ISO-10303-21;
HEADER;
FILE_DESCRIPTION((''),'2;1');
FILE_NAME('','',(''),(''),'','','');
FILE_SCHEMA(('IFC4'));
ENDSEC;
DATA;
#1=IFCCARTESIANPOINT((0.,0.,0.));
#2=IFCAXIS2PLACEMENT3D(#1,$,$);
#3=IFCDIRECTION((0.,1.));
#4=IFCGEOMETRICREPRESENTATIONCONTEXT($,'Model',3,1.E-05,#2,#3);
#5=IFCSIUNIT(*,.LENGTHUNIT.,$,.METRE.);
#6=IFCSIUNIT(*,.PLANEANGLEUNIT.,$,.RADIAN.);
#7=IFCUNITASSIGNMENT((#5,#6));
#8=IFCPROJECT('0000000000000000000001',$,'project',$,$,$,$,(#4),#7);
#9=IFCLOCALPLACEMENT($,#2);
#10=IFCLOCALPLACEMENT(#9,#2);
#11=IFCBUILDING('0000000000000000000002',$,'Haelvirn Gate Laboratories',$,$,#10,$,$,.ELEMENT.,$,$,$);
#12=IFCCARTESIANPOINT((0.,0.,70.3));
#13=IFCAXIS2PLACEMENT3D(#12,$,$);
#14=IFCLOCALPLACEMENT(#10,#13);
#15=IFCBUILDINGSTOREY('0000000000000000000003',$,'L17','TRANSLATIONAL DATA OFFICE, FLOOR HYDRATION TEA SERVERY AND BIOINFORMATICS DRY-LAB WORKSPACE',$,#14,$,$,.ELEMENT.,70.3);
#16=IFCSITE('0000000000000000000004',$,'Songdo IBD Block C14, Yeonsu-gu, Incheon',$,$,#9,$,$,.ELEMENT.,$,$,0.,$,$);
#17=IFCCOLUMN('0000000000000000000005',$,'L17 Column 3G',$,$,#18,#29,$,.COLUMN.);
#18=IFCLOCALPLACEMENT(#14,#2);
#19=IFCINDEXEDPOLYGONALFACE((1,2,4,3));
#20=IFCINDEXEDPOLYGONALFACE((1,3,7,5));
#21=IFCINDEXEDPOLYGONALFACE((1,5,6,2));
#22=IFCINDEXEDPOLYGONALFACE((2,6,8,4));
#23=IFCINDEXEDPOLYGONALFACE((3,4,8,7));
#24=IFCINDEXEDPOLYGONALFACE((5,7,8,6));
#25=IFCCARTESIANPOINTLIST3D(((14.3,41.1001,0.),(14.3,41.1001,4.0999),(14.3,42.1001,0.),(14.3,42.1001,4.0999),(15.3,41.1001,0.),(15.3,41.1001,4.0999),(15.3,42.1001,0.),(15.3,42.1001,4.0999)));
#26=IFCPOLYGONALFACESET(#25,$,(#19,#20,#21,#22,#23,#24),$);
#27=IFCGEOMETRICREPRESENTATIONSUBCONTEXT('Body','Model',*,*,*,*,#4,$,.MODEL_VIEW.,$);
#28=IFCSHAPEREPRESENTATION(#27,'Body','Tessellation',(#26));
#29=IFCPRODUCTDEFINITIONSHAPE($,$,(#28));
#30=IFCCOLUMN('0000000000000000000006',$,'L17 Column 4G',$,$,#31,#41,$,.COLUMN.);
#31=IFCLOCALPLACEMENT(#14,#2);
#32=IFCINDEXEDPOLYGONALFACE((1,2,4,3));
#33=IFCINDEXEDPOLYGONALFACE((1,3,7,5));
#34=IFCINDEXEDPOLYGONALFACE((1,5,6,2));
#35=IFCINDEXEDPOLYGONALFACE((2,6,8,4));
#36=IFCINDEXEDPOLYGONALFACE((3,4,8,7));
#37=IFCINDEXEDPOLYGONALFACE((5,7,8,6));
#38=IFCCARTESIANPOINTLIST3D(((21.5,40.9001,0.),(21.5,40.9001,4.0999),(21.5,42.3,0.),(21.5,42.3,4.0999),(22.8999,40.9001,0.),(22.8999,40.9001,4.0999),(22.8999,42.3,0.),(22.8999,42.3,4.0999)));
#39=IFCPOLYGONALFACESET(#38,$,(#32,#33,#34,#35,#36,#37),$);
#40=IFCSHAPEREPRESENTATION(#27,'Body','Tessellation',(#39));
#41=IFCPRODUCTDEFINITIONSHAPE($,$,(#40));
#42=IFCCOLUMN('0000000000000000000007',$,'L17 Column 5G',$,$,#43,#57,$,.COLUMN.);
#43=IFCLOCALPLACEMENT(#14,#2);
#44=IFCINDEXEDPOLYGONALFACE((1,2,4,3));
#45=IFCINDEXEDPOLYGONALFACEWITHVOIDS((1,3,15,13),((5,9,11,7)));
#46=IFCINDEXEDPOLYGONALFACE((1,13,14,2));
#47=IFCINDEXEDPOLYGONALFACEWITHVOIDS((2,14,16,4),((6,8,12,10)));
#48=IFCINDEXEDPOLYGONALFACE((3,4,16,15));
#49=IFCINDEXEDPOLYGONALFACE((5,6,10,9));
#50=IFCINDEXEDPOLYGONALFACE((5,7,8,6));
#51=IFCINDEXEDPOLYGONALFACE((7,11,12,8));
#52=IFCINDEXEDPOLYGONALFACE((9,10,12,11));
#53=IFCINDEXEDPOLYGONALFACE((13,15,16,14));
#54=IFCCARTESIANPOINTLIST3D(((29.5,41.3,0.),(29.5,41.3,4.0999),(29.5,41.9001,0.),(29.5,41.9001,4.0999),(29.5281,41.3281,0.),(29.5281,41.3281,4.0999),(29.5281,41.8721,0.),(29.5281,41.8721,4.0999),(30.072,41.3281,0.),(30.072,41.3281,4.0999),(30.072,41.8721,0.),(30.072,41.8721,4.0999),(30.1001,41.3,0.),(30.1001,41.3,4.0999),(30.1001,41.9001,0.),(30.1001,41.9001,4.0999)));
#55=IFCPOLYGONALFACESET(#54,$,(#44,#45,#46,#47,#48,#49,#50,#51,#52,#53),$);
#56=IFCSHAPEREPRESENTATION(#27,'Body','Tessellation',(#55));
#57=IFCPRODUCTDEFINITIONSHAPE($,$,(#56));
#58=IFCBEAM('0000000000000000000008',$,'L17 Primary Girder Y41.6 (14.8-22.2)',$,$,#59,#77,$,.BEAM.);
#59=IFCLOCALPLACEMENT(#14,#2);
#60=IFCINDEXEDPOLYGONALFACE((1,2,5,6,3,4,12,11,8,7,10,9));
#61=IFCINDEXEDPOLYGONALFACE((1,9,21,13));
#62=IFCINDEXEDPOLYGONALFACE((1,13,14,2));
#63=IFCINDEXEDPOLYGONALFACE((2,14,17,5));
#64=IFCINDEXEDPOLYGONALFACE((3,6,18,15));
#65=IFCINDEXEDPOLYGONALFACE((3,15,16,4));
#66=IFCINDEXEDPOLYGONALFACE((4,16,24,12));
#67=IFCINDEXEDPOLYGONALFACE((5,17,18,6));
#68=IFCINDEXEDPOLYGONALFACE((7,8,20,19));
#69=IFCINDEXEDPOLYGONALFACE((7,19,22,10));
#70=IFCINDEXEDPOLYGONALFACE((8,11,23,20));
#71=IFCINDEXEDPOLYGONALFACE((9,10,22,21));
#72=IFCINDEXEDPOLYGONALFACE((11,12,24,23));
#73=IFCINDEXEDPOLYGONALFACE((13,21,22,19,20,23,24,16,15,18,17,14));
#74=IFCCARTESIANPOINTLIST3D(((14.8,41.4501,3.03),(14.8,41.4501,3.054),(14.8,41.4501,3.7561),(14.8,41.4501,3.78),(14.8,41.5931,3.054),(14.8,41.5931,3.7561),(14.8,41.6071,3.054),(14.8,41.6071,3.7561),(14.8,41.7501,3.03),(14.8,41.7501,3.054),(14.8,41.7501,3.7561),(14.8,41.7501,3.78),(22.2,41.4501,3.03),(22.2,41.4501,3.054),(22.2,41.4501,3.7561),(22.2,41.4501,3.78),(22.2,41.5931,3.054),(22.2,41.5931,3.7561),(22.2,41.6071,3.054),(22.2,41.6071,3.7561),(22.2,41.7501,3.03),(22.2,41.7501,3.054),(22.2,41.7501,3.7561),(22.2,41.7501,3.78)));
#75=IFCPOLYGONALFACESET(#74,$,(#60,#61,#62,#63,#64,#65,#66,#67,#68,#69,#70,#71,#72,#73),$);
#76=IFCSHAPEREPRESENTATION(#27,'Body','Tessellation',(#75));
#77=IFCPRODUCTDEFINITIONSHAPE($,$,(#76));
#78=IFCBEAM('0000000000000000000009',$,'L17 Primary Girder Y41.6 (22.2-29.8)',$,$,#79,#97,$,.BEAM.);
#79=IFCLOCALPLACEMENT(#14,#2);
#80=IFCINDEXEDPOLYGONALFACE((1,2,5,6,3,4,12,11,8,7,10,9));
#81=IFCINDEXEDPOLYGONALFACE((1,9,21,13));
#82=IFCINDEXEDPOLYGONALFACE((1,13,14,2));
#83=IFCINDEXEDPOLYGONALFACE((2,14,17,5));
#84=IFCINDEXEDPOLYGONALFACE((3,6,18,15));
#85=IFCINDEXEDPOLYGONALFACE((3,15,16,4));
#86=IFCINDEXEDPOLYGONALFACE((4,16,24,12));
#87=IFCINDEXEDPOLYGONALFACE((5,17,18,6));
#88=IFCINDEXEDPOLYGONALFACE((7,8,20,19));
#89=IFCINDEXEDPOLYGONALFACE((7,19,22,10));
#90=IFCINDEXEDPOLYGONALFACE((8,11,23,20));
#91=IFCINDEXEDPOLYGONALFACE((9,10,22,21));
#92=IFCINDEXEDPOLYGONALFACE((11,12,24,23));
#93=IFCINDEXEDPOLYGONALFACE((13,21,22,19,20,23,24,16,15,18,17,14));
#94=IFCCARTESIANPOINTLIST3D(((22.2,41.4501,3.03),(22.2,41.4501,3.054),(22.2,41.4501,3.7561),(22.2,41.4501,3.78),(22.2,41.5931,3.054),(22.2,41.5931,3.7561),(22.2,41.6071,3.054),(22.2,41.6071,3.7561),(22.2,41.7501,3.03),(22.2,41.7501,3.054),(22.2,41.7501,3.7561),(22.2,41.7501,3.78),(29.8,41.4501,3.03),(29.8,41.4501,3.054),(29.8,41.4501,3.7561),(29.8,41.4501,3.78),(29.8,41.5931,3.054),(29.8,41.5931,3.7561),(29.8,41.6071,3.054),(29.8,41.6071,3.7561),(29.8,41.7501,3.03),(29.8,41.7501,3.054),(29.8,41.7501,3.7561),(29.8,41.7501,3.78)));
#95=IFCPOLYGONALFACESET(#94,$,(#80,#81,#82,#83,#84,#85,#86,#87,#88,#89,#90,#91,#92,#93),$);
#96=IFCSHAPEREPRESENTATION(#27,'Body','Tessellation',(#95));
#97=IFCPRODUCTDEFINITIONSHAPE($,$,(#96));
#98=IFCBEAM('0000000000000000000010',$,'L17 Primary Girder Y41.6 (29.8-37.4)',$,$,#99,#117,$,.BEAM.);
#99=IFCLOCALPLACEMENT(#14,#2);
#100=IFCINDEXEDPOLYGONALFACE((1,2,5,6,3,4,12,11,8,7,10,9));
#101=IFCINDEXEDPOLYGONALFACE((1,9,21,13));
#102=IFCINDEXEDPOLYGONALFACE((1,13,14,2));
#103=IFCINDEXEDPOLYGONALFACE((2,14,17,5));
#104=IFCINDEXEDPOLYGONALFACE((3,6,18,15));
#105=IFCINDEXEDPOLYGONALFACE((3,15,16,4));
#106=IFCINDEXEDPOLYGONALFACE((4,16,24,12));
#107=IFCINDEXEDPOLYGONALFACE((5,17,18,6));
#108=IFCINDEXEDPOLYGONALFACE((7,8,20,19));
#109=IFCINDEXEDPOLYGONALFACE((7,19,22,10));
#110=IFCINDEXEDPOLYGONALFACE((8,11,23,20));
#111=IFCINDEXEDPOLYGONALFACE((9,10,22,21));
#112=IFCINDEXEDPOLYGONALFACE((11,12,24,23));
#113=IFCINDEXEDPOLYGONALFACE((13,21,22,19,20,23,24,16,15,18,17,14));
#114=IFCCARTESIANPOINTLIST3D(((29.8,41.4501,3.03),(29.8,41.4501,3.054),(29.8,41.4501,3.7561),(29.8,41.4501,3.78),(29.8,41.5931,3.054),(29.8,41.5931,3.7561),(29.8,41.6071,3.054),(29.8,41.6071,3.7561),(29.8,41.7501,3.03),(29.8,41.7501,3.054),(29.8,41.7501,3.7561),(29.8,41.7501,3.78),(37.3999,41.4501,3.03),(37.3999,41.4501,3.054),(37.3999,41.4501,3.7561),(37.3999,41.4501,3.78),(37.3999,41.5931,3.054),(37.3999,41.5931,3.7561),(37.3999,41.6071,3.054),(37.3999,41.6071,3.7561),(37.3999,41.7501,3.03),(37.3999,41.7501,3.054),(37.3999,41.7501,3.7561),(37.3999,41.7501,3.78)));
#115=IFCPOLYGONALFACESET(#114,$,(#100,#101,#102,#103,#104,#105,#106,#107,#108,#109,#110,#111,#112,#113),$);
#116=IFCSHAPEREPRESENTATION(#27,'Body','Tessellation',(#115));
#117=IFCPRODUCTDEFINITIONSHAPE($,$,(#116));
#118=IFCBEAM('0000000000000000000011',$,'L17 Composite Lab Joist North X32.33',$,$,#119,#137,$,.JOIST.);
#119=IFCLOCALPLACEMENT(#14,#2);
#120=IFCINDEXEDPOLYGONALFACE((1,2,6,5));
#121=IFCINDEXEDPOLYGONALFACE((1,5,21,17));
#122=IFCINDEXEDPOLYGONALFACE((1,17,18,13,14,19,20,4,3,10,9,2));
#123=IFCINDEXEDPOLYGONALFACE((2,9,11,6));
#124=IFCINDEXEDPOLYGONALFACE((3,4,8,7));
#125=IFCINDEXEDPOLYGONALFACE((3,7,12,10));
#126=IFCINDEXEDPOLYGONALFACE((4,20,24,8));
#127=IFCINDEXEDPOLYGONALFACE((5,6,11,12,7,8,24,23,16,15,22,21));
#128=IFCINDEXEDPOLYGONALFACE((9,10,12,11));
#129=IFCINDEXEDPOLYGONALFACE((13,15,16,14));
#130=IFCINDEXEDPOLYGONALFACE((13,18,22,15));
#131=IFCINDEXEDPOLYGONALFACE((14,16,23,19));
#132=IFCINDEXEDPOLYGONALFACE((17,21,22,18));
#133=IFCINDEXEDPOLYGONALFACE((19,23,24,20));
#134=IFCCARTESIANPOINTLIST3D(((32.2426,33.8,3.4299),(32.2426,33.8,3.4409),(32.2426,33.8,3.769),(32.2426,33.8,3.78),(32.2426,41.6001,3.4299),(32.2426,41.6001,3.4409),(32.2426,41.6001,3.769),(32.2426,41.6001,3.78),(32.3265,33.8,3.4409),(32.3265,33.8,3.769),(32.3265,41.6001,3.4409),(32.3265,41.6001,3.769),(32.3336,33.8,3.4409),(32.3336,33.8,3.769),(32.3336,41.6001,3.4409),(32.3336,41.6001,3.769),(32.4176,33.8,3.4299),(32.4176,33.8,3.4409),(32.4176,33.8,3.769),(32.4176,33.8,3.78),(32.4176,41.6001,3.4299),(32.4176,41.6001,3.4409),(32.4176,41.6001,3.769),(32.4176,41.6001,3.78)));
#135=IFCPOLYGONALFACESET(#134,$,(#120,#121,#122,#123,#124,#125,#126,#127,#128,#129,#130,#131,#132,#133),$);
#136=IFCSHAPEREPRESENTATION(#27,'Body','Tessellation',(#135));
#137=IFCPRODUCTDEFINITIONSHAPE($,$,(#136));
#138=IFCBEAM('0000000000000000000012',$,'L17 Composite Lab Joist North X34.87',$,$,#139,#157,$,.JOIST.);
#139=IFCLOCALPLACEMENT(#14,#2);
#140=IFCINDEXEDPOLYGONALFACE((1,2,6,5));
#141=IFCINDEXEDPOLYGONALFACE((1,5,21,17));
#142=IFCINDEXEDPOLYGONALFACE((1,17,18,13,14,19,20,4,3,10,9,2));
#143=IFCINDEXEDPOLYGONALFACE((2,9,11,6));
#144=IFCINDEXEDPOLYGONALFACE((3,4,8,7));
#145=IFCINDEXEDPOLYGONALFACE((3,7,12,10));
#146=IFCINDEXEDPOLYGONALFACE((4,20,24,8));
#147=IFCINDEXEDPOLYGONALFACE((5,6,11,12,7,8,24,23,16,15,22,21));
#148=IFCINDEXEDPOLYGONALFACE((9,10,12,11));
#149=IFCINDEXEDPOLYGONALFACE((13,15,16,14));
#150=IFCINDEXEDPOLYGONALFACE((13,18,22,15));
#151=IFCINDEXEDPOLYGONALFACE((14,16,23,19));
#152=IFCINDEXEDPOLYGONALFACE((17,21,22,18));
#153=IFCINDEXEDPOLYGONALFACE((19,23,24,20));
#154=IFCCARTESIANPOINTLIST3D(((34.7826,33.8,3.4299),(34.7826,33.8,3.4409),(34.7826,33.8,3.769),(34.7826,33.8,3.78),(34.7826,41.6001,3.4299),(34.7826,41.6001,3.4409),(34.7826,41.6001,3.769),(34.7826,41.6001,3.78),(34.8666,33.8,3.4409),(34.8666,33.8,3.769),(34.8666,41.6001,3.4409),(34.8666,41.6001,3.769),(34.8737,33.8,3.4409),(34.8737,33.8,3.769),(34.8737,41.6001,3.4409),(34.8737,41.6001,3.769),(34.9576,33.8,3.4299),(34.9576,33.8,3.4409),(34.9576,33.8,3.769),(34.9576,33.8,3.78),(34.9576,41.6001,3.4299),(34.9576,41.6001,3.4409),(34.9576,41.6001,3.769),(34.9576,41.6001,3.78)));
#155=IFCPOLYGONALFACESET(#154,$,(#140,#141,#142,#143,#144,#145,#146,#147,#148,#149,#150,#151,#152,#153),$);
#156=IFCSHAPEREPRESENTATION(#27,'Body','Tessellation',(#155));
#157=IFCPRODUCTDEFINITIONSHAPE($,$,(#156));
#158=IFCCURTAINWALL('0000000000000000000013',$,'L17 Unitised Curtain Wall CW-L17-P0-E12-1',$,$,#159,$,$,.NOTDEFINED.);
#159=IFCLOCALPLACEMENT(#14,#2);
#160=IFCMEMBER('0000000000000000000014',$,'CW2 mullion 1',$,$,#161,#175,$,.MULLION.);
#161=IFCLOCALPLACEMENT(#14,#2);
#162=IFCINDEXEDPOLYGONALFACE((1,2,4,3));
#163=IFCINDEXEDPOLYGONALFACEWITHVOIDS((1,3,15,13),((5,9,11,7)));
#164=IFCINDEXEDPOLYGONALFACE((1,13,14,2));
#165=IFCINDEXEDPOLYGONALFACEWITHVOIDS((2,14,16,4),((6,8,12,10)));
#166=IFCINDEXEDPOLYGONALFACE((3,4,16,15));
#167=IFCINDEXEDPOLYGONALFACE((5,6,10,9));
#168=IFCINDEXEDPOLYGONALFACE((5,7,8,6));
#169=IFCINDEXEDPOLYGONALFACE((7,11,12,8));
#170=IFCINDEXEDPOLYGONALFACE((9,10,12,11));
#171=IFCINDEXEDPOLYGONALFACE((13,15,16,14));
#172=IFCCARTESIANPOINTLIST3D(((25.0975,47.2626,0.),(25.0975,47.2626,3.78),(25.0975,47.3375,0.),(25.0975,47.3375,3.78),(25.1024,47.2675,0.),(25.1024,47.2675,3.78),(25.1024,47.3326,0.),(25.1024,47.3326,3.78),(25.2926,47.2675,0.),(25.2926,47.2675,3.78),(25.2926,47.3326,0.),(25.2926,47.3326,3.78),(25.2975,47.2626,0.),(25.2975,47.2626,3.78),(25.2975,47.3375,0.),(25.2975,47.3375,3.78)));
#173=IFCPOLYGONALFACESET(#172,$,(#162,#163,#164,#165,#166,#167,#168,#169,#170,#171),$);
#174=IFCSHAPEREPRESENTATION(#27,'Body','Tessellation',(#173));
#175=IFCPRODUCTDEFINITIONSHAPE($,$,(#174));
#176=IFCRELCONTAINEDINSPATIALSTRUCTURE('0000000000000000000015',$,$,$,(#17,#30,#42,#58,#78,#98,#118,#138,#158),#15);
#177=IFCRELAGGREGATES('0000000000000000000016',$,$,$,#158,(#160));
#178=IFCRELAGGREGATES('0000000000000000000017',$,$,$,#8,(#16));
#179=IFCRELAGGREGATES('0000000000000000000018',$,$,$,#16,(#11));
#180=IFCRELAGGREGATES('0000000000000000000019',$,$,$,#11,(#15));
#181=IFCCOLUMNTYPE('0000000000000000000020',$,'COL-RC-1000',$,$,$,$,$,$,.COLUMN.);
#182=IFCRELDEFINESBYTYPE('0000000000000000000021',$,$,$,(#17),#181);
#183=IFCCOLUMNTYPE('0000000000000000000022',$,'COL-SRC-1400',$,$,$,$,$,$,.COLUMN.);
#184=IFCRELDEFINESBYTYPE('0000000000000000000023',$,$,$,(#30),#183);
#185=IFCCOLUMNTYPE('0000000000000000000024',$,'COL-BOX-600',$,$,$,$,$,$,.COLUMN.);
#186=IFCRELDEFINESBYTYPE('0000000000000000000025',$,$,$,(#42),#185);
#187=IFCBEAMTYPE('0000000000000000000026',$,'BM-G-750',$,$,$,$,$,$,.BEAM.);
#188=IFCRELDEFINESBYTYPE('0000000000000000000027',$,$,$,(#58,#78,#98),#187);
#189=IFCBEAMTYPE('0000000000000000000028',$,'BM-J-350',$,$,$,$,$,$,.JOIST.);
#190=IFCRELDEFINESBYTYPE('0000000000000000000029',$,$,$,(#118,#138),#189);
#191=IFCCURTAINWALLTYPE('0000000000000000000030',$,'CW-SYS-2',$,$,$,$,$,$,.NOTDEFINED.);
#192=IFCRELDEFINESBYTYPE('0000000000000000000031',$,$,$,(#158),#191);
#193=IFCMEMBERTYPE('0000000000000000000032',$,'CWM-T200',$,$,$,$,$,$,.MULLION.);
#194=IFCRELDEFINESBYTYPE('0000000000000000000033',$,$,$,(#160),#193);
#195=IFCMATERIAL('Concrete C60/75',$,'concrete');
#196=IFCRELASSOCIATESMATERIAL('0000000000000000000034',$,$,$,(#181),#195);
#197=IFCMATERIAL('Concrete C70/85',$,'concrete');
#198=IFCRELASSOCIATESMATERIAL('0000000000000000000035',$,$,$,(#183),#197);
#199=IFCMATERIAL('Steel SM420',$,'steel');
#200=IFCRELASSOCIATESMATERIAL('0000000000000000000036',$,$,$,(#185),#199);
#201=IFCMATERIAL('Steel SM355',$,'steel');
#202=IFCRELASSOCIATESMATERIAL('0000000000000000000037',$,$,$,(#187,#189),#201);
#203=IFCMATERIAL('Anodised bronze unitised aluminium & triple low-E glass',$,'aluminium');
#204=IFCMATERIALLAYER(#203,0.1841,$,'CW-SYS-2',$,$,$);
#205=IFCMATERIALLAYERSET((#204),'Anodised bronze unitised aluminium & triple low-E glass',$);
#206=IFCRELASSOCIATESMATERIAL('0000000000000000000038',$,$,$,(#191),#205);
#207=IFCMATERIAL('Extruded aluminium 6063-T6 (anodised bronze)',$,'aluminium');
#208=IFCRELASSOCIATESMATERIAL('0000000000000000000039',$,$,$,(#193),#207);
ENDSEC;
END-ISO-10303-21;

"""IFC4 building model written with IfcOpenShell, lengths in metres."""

from ifc_helpers import new_model, si_unit, direction, frame, origin, origin_2d, place, context, subcontext, project, spatial, rectangle, hollow_rectangle, i_section, extrude, source, transform, mapped, material, layer, layer_set, material_profile, profile_set, type_object, type_shapes, element, aggregate, save


model = new_model("IFC4")

# Units and contexts
model_context = context("Model", 3, precision=1e-05, world=origin(), true_north=direction((0.0, 1.0)))
body_context = subcontext(model_context, "Body", "Model", "MODEL_VIEW")
ifc_project = project(units=[si_unit("LENGTHUNIT", "METRE"), si_unit("PLANEANGLEUNIT", "RADIAN")], contexts=[model_context])

# Site, building, storey
site_placement = place(None, origin())
site = spatial("IfcSite", under=ifc_project, at=site_placement, Name="Songdo IBD Block C14, Yeonsu-gu, Incheon", CompositionType="ELEMENT", RefElevation=0.0)
building_placement = place(site_placement, origin())
building = spatial("IfcBuilding", under=site, at=building_placement, Name="Haelvirn Gate Laboratories", CompositionType="ELEMENT")
storey_placement = place(building_placement, frame((0.0, 0.0, 70.3)))
storey = spatial("IfcBuildingStorey", under=building, at=storey_placement, Name="L17", Description="TRANSLATIONAL DATA OFFICE, FLOOR HYDRATION TEA SERVERY AND BIOINFORMATICS DRY-LAB WORKSPACE", CompositionType="ELEMENT", Elevation=70.3)

# Columns
ifc_material_1 = material(Name="Concrete C60/75", Category="concrete")
ifc_material_profile_1 = material_profile(ifc_material_1, rectangle(XDim=1.0, YDim=1.0, at=origin_2d()), Name="RC-1000x1000")
ifc_profile_set_1 = profile_set([ifc_material_profile_1], Name="Concrete C60/75")
column_type_1 = type_object("IfcColumnType", Name="COL-RC-1000", PredefinedType="COLUMN", material=ifc_profile_set_1)
shared_shape_1 = source(origin(), body_context, "Body", "SweptSolid", [
    extrude(rectangle(XDim=1.0, YDim=1.0, at=origin_2d()), origin(), (0.0, 0.0, 1.0), 4.0999),
])
type_shapes(column_type_1, [shared_shape_1])
column_1_placement = place(storey_placement, frame((14.8, 41.6001, 0.0), z_axis=(0.0, 0.0, 1.0), x_axis=(1.0, 0.0, 0.0)))
element("IfcColumn", 1, at=column_1_placement, inside=storey, type_object=column_type_1, Name="L17 Column 3G", PredefinedType="COLUMN", context=body_context, shape_type="MappedRepresentation", body=[
    mapped(shared_shape_1, transform((0.0, 0.0, 0.0), scale=1.0)),
])
ifc_material_2 = material(Name="Concrete C70/85", Category="concrete")
ifc_material_profile_2 = material_profile(ifc_material_2, rectangle(XDim=1.3999, YDim=1.3999, at=origin_2d()), Name="SRC-1400x1400")
ifc_profile_set_2 = profile_set([ifc_material_profile_2], Name="Concrete C70/85")
column_type_2 = type_object("IfcColumnType", Name="COL-SRC-1400", PredefinedType="COLUMN", material=ifc_profile_set_2)
shared_shape_2 = source(origin(), body_context, "Body", "SweptSolid", [
    extrude(rectangle(XDim=1.3999, YDim=1.3999, at=origin_2d()), origin(), (0.0, 0.0, 1.0), 4.0999),
])
type_shapes(column_type_2, [shared_shape_2])
column_2_placement = place(storey_placement, frame((22.2, 41.6001, 0.0), z_axis=(0.0, 0.0, 1.0), x_axis=(1.0, 0.0, 0.0)))
element("IfcColumn", 2, at=column_2_placement, inside=storey, type_object=column_type_2, Name="L17 Column 4G", PredefinedType="COLUMN", context=body_context, shape_type="MappedRepresentation", body=[
    mapped(shared_shape_2, transform((0.0, 0.0, 0.0), scale=1.0)),
])
ifc_material_3 = material(Name="Steel SM420", Category="steel")
ifc_material_profile_3 = material_profile(ifc_material_3, hollow_rectangle(XDim=0.6001, YDim=0.6001, WallThickness=0.0281, at=origin_2d()), Name="BOX-600x600x28")
ifc_profile_set_3 = profile_set([ifc_material_profile_3], Name="Steel SM420")
column_type_3 = type_object("IfcColumnType", Name="COL-BOX-600", PredefinedType="COLUMN", material=ifc_profile_set_3)
shared_shape_3 = source(origin(), body_context, "Body", "SweptSolid", [
    extrude(hollow_rectangle(XDim=0.6001, YDim=0.6001, WallThickness=0.0281, at=origin_2d()), origin(), (0.0, 0.0, 1.0), 4.0999),
])
type_shapes(column_type_3, [shared_shape_3])
column_3_placement = place(storey_placement, frame((29.8, 41.6001, 0.0), z_axis=(0.0, 0.0, 1.0), x_axis=(1.0, 0.0, 0.0)))
element("IfcColumn", 3, at=column_3_placement, inside=storey, type_object=column_type_3, Name="L17 Column 5G", PredefinedType="COLUMN", context=body_context, shape_type="MappedRepresentation", body=[
    mapped(shared_shape_3, transform((0.0, 0.0, 0.0), scale=1.0)),
])

# Beams
ifc_material_4 = material(Name="Steel SM355", Category="steel")
ifc_material_profile_4 = material_profile(ifc_material_4, i_section(OverallWidth=0.3, OverallDepth=0.75, WebThickness=0.0139, FlangeThickness=0.0239, at=origin_2d()), Name="H-750x300x14x24")
ifc_profile_set_4 = profile_set([ifc_material_profile_4], Name="Steel SM355")
beam_type_1 = type_object("IfcBeamType", Name="BM-G-750", PredefinedType="BEAM", material=ifc_profile_set_4)
shared_shape_4 = source(origin(), body_context, "Body", "SweptSolid", [
    extrude(i_section(OverallWidth=0.3, OverallDepth=0.75, WebThickness=0.0139, FlangeThickness=0.0239, at=origin_2d()), origin(), (0.0, 0.0, 1.0), 7.3999),
])
beam_1_placement = place(storey_placement, frame((14.8, 41.6001, 3.405), z_axis=(1.0, 0.0, 0.0), x_axis=(0.0, 1.0, 0.0)))
element("IfcBeam", 4, at=beam_1_placement, inside=storey, type_object=beam_type_1, Name="L17 Primary Girder Y41.6 (14.8-22.2)", PredefinedType="BEAM", context=body_context, shape_type="MappedRepresentation", body=[
    mapped(shared_shape_4, transform((0.0, 0.0, 0.0), scale=1.0)),
])
shared_shape_5 = source(origin(), body_context, "Body", "SweptSolid", [
    extrude(i_section(OverallWidth=0.3, OverallDepth=0.75, WebThickness=0.0139, FlangeThickness=0.0239, at=origin_2d()), origin(), (0.0, 0.0, 1.0), 7.6001),
])
beam_2_placement = place(storey_placement, frame((22.2, 41.6001, 3.405), z_axis=(1.0, 0.0, 0.0), x_axis=(0.0, 1.0, 0.0)))
element("IfcBeam", 5, at=beam_2_placement, inside=storey, type_object=beam_type_1, Name="L17 Primary Girder Y41.6 (22.2-29.8)", PredefinedType="BEAM", context=body_context, shape_type="MappedRepresentation", body=[
    mapped(shared_shape_5, transform((0.0, 0.0, 0.0), scale=1.0)),
])
shared_shape_6 = source(origin(), body_context, "Body", "SweptSolid", [
    extrude(i_section(OverallWidth=0.3, OverallDepth=0.75, WebThickness=0.0139, FlangeThickness=0.0239, at=origin_2d()), origin(), (0.0, 0.0, 1.0), 7.5999),
])
type_shapes(beam_type_1, [shared_shape_4, shared_shape_5, shared_shape_6])
beam_3_placement = place(storey_placement, frame((29.8, 41.6001, 3.405), z_axis=(1.0, 0.0, 0.0), x_axis=(0.0, 1.0, 0.0)))
element("IfcBeam", 6, at=beam_3_placement, inside=storey, type_object=beam_type_1, Name="L17 Primary Girder Y41.6 (29.8-37.4)", PredefinedType="BEAM", context=body_context, shape_type="MappedRepresentation", body=[
    mapped(shared_shape_6, transform((0.0, 0.0, 0.0), scale=1.0)),
])
ifc_material_profile_5 = material_profile(ifc_material_4, i_section(OverallWidth=0.175, OverallDepth=0.3501, WebThickness=0.0071, FlangeThickness=0.011, at=origin_2d()), Name="H-350x175x7x11")
ifc_profile_set_5 = profile_set([ifc_material_profile_5], Name="Steel SM355")
beam_type_2 = type_object("IfcBeamType", Name="BM-J-350", PredefinedType="JOIST", material=ifc_profile_set_5)
shared_shape_7 = source(origin(), body_context, "Body", "SweptSolid", [
    extrude(i_section(OverallWidth=0.175, OverallDepth=0.3501, WebThickness=0.0071, FlangeThickness=0.011, at=origin_2d()), origin(), (0.0, 0.0, 1.0), 7.8),
])
type_shapes(beam_type_2, [shared_shape_7])
for number, where, z_axis, x_axis, name in (
    (7, (32.3301, 33.8, 3.605), (0.0, 1.0, 0.0), (-1.0, 0.0, 0.0), "L17 Composite Lab Joist North X32.33"),
    (8, (34.8701, 33.8, 3.605), (0.0, 1.0, 0.0), (-1.0, 0.0, 0.0), "L17 Composite Lab Joist North X34.87"),
):
    element("IfcBeam", number, at=place(storey_placement, frame(where, z_axis=z_axis, x_axis=x_axis)), inside=storey, type_object=beam_type_2, Name=name, PredefinedType="JOIST", context=body_context, shape_type="MappedRepresentation", body=[
        mapped(shared_shape_7, transform((0.0, 0.0, 0.0), scale=1.0)),
    ])

# Curtain wall, member
ifc_material_5 = material(Name="Anodised bronze unitised aluminium & triple low-E glass", Category="aluminium")
ifc_layer_1 = layer(ifc_material_5, 0.1841, Name="CW-SYS-2")
ifc_layer_set_1 = layer_set([ifc_layer_1], Name="Anodised bronze unitised aluminium & triple low-E glass")
curtain_wall_type = type_object("IfcCurtainWallType", Name="CW-SYS-2", PredefinedType="NOTDEFINED", material=ifc_layer_set_1)
curtain_wall_1_placement = place(storey_placement, origin())
curtain_wall_1 = element("IfcCurtainWall", 9, at=curtain_wall_1_placement, inside=storey, type_object=curtain_wall_type, Name="L17 Unitised Curtain Wall CW-L17-P0-E12-1", PredefinedType="NOTDEFINED")
ifc_material_6 = material(Name="Extruded aluminium 6063-T6 (anodised bronze)", Category="aluminium")
ifc_material_profile_6 = material_profile(ifc_material_6, hollow_rectangle(XDim=0.075, YDim=0.2, WallThickness=0.0049, at=origin_2d()), Name="CWM-200x75x5")
ifc_profile_set_6 = profile_set([ifc_material_profile_6], Name="Extruded aluminium 6063-T6 (anodised bronze)")
member_type_1 = type_object("IfcMemberType", Name="CWM-T200", PredefinedType="MULLION", material=ifc_profile_set_6)
shared_shape_8 = source(origin(), body_context, "Body", "SweptSolid", [
    extrude(hollow_rectangle(XDim=0.075, YDim=0.2, WallThickness=0.0049, at=origin_2d()), origin(), (0.0, 0.0, 1.0), 3.78),
])
type_shapes(member_type_1, [shared_shape_8])
member_1_placement = place(storey_placement, frame((25.1975, 47.3, 0.0), z_axis=(0.0, 0.0, 1.0), x_axis=(0.0, 1.0, 0.0)))
member_1 = element("IfcMember", 10, at=member_1_placement, type_object=member_type_1, Name="CW2 mullion 1", PredefinedType="MULLION", context=body_context, shape_type="MappedRepresentation", body=[
    mapped(shared_shape_8, transform((0.0, 0.0, 0.0), scale=1.0)),
])

aggregate(curtain_wall_1, [member_1])

save(model, "model.ifc")
